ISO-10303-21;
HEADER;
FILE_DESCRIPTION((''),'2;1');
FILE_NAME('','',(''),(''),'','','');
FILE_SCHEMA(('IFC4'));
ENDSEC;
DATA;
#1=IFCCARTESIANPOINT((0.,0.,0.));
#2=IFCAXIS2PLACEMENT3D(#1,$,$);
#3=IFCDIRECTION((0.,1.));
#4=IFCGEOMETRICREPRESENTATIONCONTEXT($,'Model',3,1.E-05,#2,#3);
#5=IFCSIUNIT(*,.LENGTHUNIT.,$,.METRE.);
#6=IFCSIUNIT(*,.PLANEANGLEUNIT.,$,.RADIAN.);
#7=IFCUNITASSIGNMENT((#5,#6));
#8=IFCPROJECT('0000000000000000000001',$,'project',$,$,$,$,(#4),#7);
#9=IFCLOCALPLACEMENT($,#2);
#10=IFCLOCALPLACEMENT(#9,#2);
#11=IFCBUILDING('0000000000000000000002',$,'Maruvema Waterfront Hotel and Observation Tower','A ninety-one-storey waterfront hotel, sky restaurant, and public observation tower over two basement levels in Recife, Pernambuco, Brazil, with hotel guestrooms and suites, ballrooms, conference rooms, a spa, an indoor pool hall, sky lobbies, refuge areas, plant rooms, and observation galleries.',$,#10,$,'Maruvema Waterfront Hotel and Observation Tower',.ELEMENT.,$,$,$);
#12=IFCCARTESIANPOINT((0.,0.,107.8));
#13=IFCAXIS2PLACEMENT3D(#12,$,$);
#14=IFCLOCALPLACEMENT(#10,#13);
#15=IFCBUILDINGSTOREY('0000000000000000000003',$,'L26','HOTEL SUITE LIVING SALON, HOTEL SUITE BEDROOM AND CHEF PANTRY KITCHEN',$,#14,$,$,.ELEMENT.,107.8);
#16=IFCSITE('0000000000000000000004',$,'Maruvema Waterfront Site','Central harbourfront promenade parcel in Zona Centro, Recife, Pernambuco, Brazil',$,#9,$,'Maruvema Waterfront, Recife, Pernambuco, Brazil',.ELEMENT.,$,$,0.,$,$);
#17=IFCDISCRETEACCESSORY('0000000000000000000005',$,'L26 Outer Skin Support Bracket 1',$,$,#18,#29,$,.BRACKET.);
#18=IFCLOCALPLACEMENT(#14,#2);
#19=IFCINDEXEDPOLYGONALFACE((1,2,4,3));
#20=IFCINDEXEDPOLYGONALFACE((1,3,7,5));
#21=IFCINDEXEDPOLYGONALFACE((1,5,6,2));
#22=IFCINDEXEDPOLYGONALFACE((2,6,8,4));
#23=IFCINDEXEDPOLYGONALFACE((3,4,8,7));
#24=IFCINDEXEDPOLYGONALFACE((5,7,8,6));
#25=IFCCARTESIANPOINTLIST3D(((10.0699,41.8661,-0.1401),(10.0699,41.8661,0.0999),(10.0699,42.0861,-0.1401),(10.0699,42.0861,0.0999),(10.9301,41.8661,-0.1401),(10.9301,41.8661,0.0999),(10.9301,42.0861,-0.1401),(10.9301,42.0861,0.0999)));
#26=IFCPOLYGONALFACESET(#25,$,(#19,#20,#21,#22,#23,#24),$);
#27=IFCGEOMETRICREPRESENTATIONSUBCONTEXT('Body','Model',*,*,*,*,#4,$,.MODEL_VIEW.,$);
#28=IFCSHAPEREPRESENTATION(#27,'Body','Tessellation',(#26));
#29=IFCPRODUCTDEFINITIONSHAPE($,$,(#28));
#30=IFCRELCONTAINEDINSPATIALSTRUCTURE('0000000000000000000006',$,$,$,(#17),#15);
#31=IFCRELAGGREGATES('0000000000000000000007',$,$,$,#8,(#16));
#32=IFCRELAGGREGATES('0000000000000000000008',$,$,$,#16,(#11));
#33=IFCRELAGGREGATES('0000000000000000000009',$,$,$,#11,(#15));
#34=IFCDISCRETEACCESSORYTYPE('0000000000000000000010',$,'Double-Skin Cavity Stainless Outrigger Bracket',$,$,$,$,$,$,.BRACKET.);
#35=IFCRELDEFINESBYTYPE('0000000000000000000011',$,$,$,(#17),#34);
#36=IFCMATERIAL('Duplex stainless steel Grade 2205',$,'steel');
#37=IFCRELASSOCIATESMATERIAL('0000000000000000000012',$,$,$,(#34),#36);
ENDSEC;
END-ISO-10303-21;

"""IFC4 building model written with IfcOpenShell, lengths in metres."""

from ifc_helpers import new_model, si_unit, direction, frame, origin, origin_2d, place, context, subcontext, project, spatial, rectangle, extrude, material, type_object, element, save


model = new_model("IFC4")

# Units and contexts
model_context = context("Model", 3, precision=1e-05, world=origin(), true_north=direction((0.0, 1.0)))
body_context = subcontext(model_context, "Body", "Model", "MODEL_VIEW")
ifc_project = project(units=[si_unit("LENGTHUNIT", "METRE"), si_unit("PLANEANGLEUNIT", "RADIAN")], contexts=[model_context])

# Site, building, storey
site_placement = place(None, origin())
site = spatial("IfcSite", under=ifc_project, at=site_placement, Name="Maruvema Waterfront Site", Description="Central harbourfront promenade parcel in Zona Centro, Recife, Pernambuco, Brazil", LongName="Maruvema Waterfront, Recife, Pernambuco, Brazil", CompositionType="ELEMENT", RefElevation=0.0)
building_placement = place(site_placement, origin())
building = spatial("IfcBuilding", under=site, at=building_placement, Name="Maruvema Waterfront Hotel and Observation Tower", Description="A ninety-one-storey waterfront hotel, sky restaurant, and public observation tower over two basement levels in Recife, Pernambuco, Brazil, with hotel guestrooms and suites, ballrooms, conference rooms, a spa, an indoor pool hall, sky lobbies, refuge areas, plant rooms, and observation galleries.", LongName="Maruvema Waterfront Hotel and Observation Tower", CompositionType="ELEMENT")
storey_placement = place(building_placement, frame((0.0, 0.0, 107.8)))
storey = spatial("IfcBuildingStorey", under=building, at=storey_placement, Name="L26", Description="HOTEL SUITE LIVING SALON, HOTEL SUITE BEDROOM AND CHEF PANTRY KITCHEN", CompositionType="ELEMENT", Elevation=107.8)

# Discrete accessory
ifc_material_1 = material(Name="Duplex stainless steel Grade 2205", Category="steel")
discrete_accessory_type = type_object("IfcDiscreteAccessoryType", Name="Double-Skin Cavity Stainless Outrigger Bracket", PredefinedType="BRACKET", material=ifc_material_1)
discrete_accessory_placement = place(storey_placement, frame((10.5, 41.9761, -0.1401), z_axis=(0.0, 0.0, 1.0), x_axis=(0.0, -1.0, 0.0)))
element("IfcDiscreteAccessory", 1, at=discrete_accessory_placement, inside=storey, type_object=discrete_accessory_type, Name="L26 Outer Skin Support Bracket 1", PredefinedType="BRACKET", context=body_context, shape_type="SweptSolid", body=[
    extrude(rectangle(XDim=0.22, YDim=0.8601, at=origin_2d()), origin(), (0.0, 0.0, 1.0), 0.24),
])

save(model, "model.ifc")
